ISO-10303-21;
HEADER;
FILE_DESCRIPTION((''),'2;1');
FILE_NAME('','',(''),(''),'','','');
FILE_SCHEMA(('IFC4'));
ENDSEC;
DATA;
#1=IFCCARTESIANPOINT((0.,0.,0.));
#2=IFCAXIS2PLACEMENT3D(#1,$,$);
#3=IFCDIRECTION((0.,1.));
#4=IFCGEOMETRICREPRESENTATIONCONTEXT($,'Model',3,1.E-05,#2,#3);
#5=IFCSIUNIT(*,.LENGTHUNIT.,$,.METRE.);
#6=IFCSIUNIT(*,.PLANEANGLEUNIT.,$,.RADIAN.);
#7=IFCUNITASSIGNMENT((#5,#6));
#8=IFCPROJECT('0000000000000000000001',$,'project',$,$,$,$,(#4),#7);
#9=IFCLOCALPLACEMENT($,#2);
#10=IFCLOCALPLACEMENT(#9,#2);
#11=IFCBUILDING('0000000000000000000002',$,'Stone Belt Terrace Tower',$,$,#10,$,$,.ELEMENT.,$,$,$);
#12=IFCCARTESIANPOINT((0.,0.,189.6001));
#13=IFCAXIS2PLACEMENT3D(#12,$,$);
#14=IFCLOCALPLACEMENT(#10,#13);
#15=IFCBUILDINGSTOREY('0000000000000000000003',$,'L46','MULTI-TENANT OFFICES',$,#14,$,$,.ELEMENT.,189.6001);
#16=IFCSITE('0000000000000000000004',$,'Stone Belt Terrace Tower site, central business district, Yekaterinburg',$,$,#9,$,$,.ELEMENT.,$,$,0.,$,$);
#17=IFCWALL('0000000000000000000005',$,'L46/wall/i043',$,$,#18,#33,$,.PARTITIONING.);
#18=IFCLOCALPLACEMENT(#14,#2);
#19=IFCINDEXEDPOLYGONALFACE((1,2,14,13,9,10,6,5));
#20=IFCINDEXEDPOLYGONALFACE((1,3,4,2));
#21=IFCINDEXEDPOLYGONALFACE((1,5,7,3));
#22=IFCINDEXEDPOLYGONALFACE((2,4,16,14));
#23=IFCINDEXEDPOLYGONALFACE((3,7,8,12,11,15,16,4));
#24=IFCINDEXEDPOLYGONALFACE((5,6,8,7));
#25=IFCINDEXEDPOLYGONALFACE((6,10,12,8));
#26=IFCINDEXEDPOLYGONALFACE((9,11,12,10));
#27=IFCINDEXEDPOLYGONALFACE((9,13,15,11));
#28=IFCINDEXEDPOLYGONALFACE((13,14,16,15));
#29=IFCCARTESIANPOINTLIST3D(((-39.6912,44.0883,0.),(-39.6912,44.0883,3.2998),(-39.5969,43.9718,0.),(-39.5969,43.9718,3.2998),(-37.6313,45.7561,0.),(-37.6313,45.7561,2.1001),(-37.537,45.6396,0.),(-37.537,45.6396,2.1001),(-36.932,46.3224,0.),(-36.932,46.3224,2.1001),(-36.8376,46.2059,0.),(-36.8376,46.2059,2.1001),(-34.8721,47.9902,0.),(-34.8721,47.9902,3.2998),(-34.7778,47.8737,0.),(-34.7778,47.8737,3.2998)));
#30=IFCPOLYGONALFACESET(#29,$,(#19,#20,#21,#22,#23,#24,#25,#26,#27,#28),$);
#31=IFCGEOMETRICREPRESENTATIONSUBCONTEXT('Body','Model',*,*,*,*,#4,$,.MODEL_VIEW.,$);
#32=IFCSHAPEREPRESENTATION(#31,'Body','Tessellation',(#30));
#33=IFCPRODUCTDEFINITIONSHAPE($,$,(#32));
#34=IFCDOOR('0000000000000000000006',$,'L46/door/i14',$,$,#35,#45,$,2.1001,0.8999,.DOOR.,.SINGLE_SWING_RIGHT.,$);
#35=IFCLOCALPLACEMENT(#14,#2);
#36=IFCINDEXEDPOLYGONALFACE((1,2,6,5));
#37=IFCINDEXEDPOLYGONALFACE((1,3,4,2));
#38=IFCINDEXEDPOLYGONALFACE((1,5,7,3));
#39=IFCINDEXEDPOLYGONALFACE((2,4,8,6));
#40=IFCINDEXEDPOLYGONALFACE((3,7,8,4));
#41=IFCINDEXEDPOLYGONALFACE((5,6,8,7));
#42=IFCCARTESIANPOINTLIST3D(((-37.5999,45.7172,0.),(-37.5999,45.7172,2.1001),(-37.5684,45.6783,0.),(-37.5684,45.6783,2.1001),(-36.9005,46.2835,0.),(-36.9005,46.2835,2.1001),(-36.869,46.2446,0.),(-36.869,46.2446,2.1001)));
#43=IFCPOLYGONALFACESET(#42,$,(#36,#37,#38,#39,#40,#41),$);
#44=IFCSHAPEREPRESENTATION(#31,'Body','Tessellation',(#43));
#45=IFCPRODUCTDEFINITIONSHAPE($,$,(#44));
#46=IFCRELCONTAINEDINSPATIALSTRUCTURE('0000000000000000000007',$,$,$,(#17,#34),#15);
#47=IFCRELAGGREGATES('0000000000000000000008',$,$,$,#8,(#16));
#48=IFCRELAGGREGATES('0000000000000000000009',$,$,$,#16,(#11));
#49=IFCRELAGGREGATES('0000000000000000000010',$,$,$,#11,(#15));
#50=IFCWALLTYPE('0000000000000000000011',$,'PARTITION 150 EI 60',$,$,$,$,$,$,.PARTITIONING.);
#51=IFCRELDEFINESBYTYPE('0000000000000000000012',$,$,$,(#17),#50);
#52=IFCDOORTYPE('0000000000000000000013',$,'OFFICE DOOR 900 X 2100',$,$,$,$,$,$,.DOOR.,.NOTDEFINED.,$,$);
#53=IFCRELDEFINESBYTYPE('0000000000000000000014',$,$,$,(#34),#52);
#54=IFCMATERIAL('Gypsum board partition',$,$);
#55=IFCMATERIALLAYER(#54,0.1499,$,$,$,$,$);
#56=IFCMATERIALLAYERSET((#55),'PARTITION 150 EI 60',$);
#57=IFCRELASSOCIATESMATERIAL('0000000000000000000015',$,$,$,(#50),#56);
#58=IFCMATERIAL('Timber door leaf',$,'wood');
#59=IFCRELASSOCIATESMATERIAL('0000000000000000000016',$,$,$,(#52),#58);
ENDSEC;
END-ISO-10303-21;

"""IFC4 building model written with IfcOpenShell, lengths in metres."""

from ifc_helpers import new_model, si_unit, direction, frame, frame_2d, origin, place, context, subcontext, project, spatial, rectangle, extrude, material, layer, layer_set, type_object, element, fill, save


model = new_model("IFC4")

# Units and contexts
model_context = context("Model", 3, precision=1e-05, world=origin(), true_north=direction((0.0, 1.0)))
body_context = subcontext(model_context, "Body", "Model", "MODEL_VIEW")
ifc_project = project(units=[si_unit("LENGTHUNIT", "METRE"), si_unit("PLANEANGLEUNIT", "RADIAN")], contexts=[model_context])

# Site, building, storey
site_placement = place(None, origin())
site = spatial("IfcSite", under=ifc_project, at=site_placement, Name="Stone Belt Terrace Tower site, central business district, Yekaterinburg", CompositionType="ELEMENT", RefElevation=0.0)
building_placement = place(site_placement, origin())
building = spatial("IfcBuilding", under=site, at=building_placement, Name="Stone Belt Terrace Tower", CompositionType="ELEMENT")
storey_placement = place(building_placement, frame((0.0, 0.0, 189.6001)))
storey = spatial("IfcBuildingStorey", under=building, at=storey_placement, Name="L46", Description="MULTI-TENANT OFFICES", CompositionType="ELEMENT", Elevation=189.6001)

# Shared definitions
ifc_material_1 = material(Name="Gypsum board partition")
ifc_layer_1 = layer(ifc_material_1, 0.1499)
ifc_layer_set_1 = layer_set([ifc_layer_1], Name="PARTITION 150 EI 60")
wall_type = type_object("IfcWallType", Name="PARTITION 150 EI 60", PredefinedType="PARTITIONING", material=ifc_layer_set_1)

# Wall, opening, door
ifc_material_2 = material(Name="Timber door leaf", Category="wood")
door_type_1 = type_object("IfcDoorType", Name="OFFICE DOOR 900 X 2100", OperationType="NOTDEFINED", PredefinedType="DOOR", material=ifc_material_2)
wall_1_placement = place(storey_placement, frame((-39.644, 44.03, 0.0), z_axis=(0.0, 0.0, 1.0), x_axis=(0.777191, 0.629265, 0.0)))
wall_1 = element("IfcWall", 1, at=wall_1_placement, inside=storey, type_object=wall_type, Name="L46/wall/i043", PredefinedType="PARTITIONING", context=body_context, shape_type="SweptSolid", body=[
    extrude(rectangle(XDim=6.2007, YDim=0.1499, at=frame_2d((3.1003, 0.0))), origin(), (0.0, 0.0, 1.0), 3.2998),
])
opening_1_placement = place(wall_1_placement, frame((2.6504, 0.0, 0.0)))
opening_1 = element("IfcOpeningElement", 2, at=opening_1_placement, cuts=wall_1, PredefinedType="OPENING", context=body_context, shape_type="SweptSolid", body=[
    extrude(rectangle(XDim=0.8999, YDim=2.1001, at=frame_2d((0.45, 1.05))), frame((0.0, 0.085, 0.0), z_axis=(0.0, -1.0, 0.0), x_axis=(1.0, 0.0, 0.0)), (0.0, 0.0, 1.0), 0.1699),
])
door_1_placement = place(opening_1_placement, origin())
door_1 = element("IfcDoor", 3, at=door_1_placement, inside=storey, type_object=door_type_1, Name="L46/door/i14", OperationType="SINGLE_SWING_RIGHT", OverallHeight=2.1001, OverallWidth=0.8999, PredefinedType="DOOR", context=body_context, shape_type="SweptSolid", body=[
    extrude(rectangle(XDim=0.8999, YDim=2.1001, at=frame_2d((0.45, 1.05))), frame((0.0, 0.0249, 0.0), z_axis=(0.0, -1.0, 0.0), x_axis=(1.0, 0.0, 0.0)), (0.0, 0.0, 1.0), 0.05),
])
fill(opening_1, door_1)

save(model, "model.ifc")
